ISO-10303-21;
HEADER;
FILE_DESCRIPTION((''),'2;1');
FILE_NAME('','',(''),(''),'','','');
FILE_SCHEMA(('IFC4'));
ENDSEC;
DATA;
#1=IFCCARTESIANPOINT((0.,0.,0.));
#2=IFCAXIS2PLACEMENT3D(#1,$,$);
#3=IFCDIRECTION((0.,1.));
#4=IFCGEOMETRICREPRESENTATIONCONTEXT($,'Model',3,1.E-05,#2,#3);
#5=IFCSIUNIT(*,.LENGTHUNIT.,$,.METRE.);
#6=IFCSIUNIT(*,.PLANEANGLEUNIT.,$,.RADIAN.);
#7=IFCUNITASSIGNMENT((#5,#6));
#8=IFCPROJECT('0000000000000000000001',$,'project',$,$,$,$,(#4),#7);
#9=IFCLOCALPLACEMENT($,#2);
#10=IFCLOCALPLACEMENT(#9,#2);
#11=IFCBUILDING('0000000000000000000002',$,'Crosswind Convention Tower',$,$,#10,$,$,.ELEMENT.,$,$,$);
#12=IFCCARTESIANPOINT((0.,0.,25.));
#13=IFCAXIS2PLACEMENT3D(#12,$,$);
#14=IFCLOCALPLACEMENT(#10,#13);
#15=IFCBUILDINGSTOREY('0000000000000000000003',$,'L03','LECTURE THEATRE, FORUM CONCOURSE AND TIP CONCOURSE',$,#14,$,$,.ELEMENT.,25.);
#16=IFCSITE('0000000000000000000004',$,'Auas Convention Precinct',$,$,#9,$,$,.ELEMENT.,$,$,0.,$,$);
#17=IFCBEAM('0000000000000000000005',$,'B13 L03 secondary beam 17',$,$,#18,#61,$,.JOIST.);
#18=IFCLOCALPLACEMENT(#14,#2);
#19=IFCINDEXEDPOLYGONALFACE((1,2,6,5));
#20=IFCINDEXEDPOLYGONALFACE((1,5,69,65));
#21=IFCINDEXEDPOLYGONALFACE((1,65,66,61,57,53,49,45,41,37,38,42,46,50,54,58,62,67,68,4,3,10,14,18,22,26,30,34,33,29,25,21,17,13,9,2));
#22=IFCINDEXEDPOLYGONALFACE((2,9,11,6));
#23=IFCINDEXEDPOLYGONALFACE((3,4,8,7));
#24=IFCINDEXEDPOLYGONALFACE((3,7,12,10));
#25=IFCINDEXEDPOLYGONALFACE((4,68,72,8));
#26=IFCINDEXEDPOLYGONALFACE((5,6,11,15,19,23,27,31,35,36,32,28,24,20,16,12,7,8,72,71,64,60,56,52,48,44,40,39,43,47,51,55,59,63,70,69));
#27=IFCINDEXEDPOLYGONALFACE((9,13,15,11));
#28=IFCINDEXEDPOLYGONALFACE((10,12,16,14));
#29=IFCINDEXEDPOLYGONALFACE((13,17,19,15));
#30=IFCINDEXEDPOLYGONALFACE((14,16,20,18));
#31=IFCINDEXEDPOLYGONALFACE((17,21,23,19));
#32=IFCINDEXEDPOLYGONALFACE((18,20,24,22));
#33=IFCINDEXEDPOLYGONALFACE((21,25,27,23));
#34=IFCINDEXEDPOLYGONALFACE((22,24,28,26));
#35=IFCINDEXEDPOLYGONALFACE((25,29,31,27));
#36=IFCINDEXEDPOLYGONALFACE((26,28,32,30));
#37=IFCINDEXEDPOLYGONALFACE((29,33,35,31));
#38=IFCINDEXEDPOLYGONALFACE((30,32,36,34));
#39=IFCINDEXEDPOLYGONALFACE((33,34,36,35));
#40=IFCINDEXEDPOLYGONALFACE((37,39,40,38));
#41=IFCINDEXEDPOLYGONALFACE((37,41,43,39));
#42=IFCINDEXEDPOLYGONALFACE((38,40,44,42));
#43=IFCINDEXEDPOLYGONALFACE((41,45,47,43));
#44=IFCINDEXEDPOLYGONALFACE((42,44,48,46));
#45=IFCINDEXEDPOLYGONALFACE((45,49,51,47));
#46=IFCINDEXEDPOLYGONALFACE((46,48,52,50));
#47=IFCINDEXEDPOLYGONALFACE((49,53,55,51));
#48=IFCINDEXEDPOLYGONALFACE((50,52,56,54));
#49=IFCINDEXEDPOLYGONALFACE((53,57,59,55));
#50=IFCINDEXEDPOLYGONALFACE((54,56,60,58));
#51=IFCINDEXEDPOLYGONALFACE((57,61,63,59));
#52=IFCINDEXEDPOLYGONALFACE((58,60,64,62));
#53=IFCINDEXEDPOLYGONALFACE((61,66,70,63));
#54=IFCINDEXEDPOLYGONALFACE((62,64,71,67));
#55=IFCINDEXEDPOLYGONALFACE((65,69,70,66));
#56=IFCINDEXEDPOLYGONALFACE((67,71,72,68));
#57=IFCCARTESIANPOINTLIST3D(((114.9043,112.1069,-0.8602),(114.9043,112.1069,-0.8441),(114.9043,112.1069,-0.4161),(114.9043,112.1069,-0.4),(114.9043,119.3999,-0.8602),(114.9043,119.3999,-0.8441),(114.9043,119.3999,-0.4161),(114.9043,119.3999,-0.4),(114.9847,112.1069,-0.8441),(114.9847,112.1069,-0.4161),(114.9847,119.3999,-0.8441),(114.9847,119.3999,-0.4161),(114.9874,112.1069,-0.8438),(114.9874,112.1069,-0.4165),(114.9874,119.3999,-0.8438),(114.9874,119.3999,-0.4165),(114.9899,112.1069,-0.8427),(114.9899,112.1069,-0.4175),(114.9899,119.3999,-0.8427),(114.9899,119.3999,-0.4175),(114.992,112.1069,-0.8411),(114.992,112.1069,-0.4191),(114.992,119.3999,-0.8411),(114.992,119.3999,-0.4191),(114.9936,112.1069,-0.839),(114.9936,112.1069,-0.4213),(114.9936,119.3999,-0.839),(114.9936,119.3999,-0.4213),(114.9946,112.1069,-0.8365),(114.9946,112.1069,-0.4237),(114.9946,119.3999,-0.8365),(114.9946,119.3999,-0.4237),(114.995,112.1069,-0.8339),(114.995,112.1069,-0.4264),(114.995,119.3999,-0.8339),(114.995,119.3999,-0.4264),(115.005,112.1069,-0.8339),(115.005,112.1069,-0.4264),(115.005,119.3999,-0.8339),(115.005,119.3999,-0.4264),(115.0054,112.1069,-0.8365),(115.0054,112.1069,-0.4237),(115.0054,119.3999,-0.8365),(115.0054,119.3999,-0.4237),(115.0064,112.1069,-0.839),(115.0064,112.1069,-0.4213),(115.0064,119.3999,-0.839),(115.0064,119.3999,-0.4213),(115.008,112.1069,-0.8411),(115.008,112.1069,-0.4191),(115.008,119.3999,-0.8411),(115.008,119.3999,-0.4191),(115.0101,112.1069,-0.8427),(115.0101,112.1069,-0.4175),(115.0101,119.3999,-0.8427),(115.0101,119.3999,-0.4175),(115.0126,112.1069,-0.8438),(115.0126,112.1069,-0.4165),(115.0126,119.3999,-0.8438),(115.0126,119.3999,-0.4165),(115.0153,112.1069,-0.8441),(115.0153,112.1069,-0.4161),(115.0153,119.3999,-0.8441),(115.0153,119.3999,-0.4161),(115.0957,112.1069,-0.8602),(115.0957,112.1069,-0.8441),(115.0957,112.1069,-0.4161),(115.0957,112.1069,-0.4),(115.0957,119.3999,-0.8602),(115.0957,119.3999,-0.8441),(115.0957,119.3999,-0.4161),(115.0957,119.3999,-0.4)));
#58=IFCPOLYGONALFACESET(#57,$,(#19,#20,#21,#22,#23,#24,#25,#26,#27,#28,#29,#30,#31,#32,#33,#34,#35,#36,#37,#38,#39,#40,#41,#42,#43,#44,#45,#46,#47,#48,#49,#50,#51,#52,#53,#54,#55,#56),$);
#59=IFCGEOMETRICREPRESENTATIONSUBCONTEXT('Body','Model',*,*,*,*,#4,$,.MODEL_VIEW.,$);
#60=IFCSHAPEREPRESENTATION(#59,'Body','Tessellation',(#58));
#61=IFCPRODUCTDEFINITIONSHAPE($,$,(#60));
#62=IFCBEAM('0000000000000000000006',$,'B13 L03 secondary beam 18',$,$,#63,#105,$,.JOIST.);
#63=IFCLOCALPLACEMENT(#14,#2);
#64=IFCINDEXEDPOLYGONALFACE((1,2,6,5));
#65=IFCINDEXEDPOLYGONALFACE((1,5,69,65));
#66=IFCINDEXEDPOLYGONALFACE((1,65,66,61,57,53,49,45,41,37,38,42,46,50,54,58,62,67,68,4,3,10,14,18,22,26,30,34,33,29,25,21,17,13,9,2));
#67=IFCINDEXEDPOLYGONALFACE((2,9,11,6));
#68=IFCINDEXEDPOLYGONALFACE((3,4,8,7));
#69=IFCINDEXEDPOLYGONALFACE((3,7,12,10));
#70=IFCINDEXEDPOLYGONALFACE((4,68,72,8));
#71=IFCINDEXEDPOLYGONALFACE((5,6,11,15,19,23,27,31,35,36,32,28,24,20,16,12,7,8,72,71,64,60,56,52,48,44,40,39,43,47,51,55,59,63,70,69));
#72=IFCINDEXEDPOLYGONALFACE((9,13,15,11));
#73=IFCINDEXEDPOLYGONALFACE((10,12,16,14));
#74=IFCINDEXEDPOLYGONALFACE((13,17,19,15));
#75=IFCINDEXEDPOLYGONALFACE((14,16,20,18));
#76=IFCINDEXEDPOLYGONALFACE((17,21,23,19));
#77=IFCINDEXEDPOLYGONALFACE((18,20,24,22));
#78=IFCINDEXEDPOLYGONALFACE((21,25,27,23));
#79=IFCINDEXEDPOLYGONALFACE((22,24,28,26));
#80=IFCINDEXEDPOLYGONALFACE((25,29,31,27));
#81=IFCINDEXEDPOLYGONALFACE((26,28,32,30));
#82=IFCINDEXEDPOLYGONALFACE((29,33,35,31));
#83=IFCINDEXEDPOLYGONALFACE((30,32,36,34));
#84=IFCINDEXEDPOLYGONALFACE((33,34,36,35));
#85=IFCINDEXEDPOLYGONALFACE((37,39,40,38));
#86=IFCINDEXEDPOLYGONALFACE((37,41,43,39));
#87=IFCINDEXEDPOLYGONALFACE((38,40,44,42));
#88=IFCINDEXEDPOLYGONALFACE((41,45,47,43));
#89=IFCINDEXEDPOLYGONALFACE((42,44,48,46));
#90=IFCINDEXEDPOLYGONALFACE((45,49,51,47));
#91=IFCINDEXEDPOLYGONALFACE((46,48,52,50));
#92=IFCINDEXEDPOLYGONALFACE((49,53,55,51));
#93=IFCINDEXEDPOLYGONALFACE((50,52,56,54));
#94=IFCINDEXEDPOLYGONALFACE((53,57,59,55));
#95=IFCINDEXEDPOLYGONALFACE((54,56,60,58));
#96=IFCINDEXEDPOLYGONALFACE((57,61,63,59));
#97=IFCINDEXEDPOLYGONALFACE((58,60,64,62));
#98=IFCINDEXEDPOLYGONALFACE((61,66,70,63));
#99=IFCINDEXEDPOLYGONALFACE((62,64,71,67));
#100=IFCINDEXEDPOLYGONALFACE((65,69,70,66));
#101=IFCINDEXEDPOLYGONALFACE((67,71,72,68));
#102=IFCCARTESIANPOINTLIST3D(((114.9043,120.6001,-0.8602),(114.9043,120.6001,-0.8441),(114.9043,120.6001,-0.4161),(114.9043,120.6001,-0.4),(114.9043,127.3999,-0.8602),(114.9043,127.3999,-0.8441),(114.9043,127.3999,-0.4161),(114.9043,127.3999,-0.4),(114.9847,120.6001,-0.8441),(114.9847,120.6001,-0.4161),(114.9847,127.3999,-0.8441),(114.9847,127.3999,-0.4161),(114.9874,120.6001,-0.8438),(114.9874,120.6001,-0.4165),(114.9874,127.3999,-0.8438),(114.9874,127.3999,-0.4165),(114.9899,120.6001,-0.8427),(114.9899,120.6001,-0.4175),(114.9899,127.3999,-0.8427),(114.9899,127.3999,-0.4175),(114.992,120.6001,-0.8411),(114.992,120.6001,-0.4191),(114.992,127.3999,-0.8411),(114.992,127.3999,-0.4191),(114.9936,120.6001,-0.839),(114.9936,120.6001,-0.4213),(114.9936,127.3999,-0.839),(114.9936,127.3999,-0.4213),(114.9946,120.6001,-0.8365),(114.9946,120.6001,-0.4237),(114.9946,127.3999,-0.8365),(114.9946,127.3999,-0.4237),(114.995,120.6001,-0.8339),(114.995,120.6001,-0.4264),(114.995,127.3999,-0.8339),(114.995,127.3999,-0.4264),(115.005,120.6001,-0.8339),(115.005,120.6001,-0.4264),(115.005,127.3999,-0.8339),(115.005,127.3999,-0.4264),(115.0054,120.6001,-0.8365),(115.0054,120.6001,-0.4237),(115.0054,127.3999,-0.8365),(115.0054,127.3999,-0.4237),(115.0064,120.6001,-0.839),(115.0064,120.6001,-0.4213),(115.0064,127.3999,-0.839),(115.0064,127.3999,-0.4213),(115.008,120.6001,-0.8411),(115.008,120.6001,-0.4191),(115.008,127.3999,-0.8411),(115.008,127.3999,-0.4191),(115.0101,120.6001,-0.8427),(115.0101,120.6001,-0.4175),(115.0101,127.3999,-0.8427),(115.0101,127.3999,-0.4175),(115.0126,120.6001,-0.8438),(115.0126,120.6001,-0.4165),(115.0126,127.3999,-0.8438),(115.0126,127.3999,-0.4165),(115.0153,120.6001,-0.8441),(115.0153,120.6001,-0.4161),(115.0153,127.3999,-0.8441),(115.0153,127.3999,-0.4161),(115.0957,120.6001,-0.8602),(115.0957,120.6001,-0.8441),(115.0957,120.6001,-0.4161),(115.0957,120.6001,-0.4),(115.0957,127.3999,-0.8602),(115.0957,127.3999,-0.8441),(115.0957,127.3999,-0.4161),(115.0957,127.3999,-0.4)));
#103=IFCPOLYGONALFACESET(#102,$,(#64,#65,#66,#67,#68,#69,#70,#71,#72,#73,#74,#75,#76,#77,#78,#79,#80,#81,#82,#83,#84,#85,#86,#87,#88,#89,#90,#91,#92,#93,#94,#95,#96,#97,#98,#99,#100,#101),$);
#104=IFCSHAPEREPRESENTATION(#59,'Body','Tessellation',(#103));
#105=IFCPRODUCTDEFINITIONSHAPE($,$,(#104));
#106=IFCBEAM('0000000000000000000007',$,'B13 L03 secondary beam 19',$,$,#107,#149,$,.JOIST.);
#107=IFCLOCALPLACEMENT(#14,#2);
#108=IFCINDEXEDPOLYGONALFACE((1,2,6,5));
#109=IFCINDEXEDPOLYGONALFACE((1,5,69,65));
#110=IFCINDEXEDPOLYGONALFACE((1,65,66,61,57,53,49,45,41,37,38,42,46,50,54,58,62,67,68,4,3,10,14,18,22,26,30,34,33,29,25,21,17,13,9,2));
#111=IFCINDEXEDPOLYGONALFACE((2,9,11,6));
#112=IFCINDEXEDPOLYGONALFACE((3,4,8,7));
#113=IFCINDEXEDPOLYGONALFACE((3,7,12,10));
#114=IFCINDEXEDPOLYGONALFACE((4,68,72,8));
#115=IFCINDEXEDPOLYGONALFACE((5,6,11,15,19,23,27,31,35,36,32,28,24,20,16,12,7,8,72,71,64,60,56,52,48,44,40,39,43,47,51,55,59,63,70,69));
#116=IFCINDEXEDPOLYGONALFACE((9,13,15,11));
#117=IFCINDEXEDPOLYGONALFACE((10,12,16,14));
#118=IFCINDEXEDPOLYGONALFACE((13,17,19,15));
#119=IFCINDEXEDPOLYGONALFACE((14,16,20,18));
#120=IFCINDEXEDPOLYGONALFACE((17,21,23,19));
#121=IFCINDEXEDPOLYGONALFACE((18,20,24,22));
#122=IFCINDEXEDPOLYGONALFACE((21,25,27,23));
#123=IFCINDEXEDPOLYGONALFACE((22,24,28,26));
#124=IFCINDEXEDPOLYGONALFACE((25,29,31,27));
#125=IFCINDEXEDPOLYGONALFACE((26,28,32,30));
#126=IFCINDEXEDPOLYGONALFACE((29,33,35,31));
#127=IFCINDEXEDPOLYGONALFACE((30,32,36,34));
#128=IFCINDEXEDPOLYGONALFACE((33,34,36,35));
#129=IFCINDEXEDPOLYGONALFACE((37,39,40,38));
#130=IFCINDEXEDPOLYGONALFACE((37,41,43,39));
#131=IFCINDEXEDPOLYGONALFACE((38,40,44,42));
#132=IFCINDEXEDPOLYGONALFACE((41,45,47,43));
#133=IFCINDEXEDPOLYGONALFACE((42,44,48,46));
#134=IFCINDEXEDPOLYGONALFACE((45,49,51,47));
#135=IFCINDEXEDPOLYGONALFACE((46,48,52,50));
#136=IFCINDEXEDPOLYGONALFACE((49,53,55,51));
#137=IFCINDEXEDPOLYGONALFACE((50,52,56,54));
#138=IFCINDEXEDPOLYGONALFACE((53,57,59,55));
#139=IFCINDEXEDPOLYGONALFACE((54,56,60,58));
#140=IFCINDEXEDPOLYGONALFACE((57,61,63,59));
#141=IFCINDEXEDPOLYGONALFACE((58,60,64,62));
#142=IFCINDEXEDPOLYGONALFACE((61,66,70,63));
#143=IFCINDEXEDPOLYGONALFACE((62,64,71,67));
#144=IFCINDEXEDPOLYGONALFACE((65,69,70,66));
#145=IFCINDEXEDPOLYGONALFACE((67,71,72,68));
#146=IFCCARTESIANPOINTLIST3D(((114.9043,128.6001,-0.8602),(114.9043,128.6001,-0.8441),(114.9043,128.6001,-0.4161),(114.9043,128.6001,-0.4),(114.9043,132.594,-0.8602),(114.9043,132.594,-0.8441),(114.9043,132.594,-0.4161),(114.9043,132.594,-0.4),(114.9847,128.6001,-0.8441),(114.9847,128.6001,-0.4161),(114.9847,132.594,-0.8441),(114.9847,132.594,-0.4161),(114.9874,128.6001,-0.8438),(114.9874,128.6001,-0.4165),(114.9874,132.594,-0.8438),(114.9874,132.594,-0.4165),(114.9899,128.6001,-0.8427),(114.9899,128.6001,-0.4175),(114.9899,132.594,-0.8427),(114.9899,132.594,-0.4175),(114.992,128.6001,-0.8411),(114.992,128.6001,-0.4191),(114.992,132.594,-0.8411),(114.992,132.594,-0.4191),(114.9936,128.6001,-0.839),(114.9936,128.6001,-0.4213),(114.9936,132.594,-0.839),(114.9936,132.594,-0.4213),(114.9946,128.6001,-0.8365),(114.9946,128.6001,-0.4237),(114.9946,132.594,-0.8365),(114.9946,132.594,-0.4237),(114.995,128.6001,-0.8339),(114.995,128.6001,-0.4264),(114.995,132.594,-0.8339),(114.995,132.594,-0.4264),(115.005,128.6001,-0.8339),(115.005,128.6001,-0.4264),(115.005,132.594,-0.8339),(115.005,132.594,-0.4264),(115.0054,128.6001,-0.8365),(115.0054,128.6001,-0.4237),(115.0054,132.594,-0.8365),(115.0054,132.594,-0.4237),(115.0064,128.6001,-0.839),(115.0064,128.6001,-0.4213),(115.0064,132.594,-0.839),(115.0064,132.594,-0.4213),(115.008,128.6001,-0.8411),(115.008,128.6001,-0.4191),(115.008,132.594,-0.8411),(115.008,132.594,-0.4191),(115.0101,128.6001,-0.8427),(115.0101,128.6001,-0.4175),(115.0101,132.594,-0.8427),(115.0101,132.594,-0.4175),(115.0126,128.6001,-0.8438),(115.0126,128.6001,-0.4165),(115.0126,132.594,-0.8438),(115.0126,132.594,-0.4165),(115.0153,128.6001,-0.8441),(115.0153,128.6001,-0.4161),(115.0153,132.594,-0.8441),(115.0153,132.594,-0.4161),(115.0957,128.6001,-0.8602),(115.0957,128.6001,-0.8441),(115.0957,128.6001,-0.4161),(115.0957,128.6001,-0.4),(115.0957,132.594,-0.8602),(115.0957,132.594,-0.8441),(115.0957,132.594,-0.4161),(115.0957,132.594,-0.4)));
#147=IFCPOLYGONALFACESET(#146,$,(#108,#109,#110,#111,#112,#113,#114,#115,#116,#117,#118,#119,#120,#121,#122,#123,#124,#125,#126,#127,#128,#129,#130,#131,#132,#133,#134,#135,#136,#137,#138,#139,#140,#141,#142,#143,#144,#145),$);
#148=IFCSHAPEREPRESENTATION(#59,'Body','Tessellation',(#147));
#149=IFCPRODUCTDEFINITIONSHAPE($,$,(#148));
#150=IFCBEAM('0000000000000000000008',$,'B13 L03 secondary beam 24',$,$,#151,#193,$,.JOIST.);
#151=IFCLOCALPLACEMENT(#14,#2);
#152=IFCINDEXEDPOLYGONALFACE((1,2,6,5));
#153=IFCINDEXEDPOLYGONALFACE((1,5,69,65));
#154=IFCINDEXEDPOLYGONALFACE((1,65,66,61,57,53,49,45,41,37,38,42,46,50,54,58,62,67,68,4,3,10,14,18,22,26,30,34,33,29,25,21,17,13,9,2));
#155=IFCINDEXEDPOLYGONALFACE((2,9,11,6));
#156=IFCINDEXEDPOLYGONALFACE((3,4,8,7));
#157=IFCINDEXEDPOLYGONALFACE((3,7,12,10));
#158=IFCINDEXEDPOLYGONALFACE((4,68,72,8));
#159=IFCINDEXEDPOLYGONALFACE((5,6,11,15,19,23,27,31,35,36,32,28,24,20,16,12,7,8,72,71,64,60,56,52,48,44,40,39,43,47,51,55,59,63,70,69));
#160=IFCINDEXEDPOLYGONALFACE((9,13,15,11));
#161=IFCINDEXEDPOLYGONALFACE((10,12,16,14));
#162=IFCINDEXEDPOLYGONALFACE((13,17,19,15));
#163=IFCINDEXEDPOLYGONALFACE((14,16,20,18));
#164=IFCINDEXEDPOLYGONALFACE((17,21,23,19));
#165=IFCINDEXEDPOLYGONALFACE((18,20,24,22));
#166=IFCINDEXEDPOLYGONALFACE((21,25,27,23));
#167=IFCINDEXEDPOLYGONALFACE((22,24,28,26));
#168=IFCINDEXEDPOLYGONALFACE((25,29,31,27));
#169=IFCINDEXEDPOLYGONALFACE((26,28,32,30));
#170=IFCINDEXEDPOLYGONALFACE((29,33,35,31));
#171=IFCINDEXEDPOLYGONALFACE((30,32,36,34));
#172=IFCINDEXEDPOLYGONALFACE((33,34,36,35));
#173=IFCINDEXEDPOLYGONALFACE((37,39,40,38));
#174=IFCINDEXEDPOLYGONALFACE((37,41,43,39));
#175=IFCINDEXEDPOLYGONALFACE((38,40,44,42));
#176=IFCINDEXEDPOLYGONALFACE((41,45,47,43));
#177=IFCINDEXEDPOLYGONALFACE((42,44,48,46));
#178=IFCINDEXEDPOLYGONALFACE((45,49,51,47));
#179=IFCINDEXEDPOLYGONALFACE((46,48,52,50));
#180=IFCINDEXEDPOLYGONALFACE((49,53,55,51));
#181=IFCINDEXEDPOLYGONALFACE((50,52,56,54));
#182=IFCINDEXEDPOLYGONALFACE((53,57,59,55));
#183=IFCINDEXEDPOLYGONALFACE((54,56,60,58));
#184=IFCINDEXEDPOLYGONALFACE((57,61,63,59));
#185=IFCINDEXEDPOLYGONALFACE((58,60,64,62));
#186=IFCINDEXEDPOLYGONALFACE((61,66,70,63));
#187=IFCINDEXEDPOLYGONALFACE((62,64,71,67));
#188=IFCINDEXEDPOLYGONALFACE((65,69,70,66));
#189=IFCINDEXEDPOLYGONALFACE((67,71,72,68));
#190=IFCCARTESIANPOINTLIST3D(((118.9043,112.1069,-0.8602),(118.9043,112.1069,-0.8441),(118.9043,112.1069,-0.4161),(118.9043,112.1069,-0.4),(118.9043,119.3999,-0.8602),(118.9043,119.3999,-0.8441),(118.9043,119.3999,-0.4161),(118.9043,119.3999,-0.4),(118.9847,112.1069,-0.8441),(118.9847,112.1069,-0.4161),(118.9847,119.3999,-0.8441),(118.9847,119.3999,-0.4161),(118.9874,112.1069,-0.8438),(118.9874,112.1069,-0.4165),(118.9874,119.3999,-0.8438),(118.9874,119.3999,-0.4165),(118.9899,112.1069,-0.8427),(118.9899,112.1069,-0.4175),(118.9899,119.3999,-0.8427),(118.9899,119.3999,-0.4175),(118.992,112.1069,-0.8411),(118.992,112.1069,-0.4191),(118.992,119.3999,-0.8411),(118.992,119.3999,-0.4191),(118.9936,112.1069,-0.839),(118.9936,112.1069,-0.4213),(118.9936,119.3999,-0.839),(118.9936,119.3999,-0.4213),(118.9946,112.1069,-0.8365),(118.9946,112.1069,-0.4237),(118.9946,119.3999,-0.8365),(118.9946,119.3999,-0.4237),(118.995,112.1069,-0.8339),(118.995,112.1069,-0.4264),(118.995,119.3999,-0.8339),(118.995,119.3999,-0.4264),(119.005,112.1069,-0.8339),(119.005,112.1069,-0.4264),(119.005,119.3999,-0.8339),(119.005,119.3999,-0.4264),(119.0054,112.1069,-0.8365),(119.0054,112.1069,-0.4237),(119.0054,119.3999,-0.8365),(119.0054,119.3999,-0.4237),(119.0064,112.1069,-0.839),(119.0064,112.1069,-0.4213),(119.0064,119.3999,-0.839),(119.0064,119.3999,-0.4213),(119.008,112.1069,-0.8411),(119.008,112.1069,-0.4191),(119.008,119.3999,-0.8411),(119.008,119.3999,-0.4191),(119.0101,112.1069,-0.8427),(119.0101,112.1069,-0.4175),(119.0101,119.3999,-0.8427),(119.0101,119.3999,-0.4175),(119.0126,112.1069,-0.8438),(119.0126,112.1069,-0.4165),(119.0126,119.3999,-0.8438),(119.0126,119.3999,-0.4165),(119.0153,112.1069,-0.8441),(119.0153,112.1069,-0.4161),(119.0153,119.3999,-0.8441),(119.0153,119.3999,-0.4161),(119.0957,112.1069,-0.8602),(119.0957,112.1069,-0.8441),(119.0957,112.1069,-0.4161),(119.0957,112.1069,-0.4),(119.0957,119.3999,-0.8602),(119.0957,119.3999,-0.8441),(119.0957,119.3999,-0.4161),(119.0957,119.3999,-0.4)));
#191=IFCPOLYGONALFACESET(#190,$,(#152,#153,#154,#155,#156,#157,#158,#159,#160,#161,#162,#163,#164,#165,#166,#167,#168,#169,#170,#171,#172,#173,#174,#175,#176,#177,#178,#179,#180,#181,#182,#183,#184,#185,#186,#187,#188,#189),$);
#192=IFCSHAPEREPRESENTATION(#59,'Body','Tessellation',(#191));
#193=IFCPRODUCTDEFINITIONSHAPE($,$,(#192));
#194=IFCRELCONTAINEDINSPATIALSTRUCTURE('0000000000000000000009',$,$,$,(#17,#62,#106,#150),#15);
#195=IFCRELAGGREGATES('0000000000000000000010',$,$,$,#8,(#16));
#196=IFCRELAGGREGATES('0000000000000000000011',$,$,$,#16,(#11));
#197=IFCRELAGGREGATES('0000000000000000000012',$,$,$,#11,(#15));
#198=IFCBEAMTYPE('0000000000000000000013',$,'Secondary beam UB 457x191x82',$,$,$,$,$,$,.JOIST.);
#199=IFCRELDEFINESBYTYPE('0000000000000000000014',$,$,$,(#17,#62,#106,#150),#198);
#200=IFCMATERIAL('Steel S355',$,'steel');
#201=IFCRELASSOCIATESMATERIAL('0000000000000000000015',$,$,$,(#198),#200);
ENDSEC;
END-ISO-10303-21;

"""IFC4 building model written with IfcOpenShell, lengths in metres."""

from ifc_helpers import new_model, si_unit, direction, frame, origin, origin_2d, place, context, subcontext, project, spatial, i_section, extrude, material, material_profile, profile_set, type_object, element, save


model = new_model("IFC4")

# Units and contexts
model_context = context("Model", 3, precision=1e-05, world=origin(), true_north=direction((0.0, 1.0)))
body_context = subcontext(model_context, "Body", "Model", "MODEL_VIEW")
ifc_project = project(units=[si_unit("LENGTHUNIT", "METRE"), si_unit("PLANEANGLEUNIT", "RADIAN")], contexts=[model_context])

# Site, building, storey
site_placement = place(None, origin())
site = spatial("IfcSite", under=ifc_project, at=site_placement, Name="Auas Convention Precinct", CompositionType="ELEMENT", RefElevation=0.0)
building_placement = place(site_placement, origin())
building = spatial("IfcBuilding", under=site, at=building_placement, Name="Crosswind Convention Tower", CompositionType="ELEMENT")
storey_placement = place(building_placement, frame((0.0, 0.0, 25.0)))
storey = spatial("IfcBuildingStorey", under=building, at=storey_placement, Name="L03", Description="LECTURE THEATRE, FORUM CONCOURSE AND TIP CONCOURSE", CompositionType="ELEMENT", Elevation=25.0)

# Beams
ifc_material_1 = material(Name="Steel S355", Category="steel")
ifc_material_profile_1 = material_profile(ifc_material_1, i_section(OverallWidth=0.1914, OverallDepth=0.4602, WebThickness=0.01, FlangeThickness=0.0161, FilletRadius=0.0103, at=origin_2d()), Name="UB 457x191x82")
ifc_profile_set_1 = profile_set([ifc_material_profile_1], Name="Steel S355")
beam_type_1 = type_object("IfcBeamType", Name="Secondary beam UB 457x191x82", PredefinedType="JOIST", material=ifc_profile_set_1)
beam_1_placement = place(storey_placement, frame((115.0, 112.1069, -0.6301), z_axis=(0.0, 1.0, 0.0), x_axis=(-1.0, 0.0, 0.0)))
element("IfcBeam", 1, at=beam_1_placement, inside=storey, type_object=beam_type_1, Name="B13 L03 secondary beam 17", PredefinedType="JOIST", context=body_context, shape_type="SweptSolid", body=[
    extrude(i_section(OverallWidth=0.1914, OverallDepth=0.4602, WebThickness=0.01, FlangeThickness=0.0161, FilletRadius=0.0103, at=origin_2d()), origin(), (0.0, 0.0, 1.0), 7.293),
])
beam_2_placement = place(storey_placement, frame((115.0, 120.6001, -0.6301), z_axis=(0.0, 1.0, 0.0), x_axis=(-1.0, 0.0, 0.0)))
element("IfcBeam", 2, at=beam_2_placement, inside=storey, type_object=beam_type_1, Name="B13 L03 secondary beam 18", PredefinedType="JOIST", context=body_context, shape_type="SweptSolid", body=[
    extrude(i_section(OverallWidth=0.1914, OverallDepth=0.4602, WebThickness=0.01, FlangeThickness=0.0161, FilletRadius=0.0103, at=origin_2d()), origin(), (0.0, 0.0, 1.0), 6.7998),
])
beam_3_placement = place(storey_placement, frame((115.0, 128.6001, -0.6301), z_axis=(0.0, 1.0, 0.0), x_axis=(-1.0, 0.0, 0.0)))
element("IfcBeam", 3, at=beam_3_placement, inside=storey, type_object=beam_type_1, Name="B13 L03 secondary beam 19", PredefinedType="JOIST", context=body_context, shape_type="SweptSolid", body=[
    extrude(i_section(OverallWidth=0.1914, OverallDepth=0.4602, WebThickness=0.01, FlangeThickness=0.0161, FilletRadius=0.0103, at=origin_2d()), origin(), (0.0, 0.0, 1.0), 3.9939),
])
beam_4_placement = place(storey_placement, frame((119.0, 112.1069, -0.6301), z_axis=(0.0, 1.0, 0.0), x_axis=(-1.0, 0.0, 0.0)))
element("IfcBeam", 4, at=beam_4_placement, inside=storey, type_object=beam_type_1, Name="B13 L03 secondary beam 24", PredefinedType="JOIST", context=body_context, shape_type="SweptSolid", body=[
    extrude(i_section(OverallWidth=0.1914, OverallDepth=0.4602, WebThickness=0.01, FlangeThickness=0.0161, FilletRadius=0.0103, at=origin_2d()), origin(), (0.0, 0.0, 1.0), 7.293),
])

save(model, "model.ifc")
